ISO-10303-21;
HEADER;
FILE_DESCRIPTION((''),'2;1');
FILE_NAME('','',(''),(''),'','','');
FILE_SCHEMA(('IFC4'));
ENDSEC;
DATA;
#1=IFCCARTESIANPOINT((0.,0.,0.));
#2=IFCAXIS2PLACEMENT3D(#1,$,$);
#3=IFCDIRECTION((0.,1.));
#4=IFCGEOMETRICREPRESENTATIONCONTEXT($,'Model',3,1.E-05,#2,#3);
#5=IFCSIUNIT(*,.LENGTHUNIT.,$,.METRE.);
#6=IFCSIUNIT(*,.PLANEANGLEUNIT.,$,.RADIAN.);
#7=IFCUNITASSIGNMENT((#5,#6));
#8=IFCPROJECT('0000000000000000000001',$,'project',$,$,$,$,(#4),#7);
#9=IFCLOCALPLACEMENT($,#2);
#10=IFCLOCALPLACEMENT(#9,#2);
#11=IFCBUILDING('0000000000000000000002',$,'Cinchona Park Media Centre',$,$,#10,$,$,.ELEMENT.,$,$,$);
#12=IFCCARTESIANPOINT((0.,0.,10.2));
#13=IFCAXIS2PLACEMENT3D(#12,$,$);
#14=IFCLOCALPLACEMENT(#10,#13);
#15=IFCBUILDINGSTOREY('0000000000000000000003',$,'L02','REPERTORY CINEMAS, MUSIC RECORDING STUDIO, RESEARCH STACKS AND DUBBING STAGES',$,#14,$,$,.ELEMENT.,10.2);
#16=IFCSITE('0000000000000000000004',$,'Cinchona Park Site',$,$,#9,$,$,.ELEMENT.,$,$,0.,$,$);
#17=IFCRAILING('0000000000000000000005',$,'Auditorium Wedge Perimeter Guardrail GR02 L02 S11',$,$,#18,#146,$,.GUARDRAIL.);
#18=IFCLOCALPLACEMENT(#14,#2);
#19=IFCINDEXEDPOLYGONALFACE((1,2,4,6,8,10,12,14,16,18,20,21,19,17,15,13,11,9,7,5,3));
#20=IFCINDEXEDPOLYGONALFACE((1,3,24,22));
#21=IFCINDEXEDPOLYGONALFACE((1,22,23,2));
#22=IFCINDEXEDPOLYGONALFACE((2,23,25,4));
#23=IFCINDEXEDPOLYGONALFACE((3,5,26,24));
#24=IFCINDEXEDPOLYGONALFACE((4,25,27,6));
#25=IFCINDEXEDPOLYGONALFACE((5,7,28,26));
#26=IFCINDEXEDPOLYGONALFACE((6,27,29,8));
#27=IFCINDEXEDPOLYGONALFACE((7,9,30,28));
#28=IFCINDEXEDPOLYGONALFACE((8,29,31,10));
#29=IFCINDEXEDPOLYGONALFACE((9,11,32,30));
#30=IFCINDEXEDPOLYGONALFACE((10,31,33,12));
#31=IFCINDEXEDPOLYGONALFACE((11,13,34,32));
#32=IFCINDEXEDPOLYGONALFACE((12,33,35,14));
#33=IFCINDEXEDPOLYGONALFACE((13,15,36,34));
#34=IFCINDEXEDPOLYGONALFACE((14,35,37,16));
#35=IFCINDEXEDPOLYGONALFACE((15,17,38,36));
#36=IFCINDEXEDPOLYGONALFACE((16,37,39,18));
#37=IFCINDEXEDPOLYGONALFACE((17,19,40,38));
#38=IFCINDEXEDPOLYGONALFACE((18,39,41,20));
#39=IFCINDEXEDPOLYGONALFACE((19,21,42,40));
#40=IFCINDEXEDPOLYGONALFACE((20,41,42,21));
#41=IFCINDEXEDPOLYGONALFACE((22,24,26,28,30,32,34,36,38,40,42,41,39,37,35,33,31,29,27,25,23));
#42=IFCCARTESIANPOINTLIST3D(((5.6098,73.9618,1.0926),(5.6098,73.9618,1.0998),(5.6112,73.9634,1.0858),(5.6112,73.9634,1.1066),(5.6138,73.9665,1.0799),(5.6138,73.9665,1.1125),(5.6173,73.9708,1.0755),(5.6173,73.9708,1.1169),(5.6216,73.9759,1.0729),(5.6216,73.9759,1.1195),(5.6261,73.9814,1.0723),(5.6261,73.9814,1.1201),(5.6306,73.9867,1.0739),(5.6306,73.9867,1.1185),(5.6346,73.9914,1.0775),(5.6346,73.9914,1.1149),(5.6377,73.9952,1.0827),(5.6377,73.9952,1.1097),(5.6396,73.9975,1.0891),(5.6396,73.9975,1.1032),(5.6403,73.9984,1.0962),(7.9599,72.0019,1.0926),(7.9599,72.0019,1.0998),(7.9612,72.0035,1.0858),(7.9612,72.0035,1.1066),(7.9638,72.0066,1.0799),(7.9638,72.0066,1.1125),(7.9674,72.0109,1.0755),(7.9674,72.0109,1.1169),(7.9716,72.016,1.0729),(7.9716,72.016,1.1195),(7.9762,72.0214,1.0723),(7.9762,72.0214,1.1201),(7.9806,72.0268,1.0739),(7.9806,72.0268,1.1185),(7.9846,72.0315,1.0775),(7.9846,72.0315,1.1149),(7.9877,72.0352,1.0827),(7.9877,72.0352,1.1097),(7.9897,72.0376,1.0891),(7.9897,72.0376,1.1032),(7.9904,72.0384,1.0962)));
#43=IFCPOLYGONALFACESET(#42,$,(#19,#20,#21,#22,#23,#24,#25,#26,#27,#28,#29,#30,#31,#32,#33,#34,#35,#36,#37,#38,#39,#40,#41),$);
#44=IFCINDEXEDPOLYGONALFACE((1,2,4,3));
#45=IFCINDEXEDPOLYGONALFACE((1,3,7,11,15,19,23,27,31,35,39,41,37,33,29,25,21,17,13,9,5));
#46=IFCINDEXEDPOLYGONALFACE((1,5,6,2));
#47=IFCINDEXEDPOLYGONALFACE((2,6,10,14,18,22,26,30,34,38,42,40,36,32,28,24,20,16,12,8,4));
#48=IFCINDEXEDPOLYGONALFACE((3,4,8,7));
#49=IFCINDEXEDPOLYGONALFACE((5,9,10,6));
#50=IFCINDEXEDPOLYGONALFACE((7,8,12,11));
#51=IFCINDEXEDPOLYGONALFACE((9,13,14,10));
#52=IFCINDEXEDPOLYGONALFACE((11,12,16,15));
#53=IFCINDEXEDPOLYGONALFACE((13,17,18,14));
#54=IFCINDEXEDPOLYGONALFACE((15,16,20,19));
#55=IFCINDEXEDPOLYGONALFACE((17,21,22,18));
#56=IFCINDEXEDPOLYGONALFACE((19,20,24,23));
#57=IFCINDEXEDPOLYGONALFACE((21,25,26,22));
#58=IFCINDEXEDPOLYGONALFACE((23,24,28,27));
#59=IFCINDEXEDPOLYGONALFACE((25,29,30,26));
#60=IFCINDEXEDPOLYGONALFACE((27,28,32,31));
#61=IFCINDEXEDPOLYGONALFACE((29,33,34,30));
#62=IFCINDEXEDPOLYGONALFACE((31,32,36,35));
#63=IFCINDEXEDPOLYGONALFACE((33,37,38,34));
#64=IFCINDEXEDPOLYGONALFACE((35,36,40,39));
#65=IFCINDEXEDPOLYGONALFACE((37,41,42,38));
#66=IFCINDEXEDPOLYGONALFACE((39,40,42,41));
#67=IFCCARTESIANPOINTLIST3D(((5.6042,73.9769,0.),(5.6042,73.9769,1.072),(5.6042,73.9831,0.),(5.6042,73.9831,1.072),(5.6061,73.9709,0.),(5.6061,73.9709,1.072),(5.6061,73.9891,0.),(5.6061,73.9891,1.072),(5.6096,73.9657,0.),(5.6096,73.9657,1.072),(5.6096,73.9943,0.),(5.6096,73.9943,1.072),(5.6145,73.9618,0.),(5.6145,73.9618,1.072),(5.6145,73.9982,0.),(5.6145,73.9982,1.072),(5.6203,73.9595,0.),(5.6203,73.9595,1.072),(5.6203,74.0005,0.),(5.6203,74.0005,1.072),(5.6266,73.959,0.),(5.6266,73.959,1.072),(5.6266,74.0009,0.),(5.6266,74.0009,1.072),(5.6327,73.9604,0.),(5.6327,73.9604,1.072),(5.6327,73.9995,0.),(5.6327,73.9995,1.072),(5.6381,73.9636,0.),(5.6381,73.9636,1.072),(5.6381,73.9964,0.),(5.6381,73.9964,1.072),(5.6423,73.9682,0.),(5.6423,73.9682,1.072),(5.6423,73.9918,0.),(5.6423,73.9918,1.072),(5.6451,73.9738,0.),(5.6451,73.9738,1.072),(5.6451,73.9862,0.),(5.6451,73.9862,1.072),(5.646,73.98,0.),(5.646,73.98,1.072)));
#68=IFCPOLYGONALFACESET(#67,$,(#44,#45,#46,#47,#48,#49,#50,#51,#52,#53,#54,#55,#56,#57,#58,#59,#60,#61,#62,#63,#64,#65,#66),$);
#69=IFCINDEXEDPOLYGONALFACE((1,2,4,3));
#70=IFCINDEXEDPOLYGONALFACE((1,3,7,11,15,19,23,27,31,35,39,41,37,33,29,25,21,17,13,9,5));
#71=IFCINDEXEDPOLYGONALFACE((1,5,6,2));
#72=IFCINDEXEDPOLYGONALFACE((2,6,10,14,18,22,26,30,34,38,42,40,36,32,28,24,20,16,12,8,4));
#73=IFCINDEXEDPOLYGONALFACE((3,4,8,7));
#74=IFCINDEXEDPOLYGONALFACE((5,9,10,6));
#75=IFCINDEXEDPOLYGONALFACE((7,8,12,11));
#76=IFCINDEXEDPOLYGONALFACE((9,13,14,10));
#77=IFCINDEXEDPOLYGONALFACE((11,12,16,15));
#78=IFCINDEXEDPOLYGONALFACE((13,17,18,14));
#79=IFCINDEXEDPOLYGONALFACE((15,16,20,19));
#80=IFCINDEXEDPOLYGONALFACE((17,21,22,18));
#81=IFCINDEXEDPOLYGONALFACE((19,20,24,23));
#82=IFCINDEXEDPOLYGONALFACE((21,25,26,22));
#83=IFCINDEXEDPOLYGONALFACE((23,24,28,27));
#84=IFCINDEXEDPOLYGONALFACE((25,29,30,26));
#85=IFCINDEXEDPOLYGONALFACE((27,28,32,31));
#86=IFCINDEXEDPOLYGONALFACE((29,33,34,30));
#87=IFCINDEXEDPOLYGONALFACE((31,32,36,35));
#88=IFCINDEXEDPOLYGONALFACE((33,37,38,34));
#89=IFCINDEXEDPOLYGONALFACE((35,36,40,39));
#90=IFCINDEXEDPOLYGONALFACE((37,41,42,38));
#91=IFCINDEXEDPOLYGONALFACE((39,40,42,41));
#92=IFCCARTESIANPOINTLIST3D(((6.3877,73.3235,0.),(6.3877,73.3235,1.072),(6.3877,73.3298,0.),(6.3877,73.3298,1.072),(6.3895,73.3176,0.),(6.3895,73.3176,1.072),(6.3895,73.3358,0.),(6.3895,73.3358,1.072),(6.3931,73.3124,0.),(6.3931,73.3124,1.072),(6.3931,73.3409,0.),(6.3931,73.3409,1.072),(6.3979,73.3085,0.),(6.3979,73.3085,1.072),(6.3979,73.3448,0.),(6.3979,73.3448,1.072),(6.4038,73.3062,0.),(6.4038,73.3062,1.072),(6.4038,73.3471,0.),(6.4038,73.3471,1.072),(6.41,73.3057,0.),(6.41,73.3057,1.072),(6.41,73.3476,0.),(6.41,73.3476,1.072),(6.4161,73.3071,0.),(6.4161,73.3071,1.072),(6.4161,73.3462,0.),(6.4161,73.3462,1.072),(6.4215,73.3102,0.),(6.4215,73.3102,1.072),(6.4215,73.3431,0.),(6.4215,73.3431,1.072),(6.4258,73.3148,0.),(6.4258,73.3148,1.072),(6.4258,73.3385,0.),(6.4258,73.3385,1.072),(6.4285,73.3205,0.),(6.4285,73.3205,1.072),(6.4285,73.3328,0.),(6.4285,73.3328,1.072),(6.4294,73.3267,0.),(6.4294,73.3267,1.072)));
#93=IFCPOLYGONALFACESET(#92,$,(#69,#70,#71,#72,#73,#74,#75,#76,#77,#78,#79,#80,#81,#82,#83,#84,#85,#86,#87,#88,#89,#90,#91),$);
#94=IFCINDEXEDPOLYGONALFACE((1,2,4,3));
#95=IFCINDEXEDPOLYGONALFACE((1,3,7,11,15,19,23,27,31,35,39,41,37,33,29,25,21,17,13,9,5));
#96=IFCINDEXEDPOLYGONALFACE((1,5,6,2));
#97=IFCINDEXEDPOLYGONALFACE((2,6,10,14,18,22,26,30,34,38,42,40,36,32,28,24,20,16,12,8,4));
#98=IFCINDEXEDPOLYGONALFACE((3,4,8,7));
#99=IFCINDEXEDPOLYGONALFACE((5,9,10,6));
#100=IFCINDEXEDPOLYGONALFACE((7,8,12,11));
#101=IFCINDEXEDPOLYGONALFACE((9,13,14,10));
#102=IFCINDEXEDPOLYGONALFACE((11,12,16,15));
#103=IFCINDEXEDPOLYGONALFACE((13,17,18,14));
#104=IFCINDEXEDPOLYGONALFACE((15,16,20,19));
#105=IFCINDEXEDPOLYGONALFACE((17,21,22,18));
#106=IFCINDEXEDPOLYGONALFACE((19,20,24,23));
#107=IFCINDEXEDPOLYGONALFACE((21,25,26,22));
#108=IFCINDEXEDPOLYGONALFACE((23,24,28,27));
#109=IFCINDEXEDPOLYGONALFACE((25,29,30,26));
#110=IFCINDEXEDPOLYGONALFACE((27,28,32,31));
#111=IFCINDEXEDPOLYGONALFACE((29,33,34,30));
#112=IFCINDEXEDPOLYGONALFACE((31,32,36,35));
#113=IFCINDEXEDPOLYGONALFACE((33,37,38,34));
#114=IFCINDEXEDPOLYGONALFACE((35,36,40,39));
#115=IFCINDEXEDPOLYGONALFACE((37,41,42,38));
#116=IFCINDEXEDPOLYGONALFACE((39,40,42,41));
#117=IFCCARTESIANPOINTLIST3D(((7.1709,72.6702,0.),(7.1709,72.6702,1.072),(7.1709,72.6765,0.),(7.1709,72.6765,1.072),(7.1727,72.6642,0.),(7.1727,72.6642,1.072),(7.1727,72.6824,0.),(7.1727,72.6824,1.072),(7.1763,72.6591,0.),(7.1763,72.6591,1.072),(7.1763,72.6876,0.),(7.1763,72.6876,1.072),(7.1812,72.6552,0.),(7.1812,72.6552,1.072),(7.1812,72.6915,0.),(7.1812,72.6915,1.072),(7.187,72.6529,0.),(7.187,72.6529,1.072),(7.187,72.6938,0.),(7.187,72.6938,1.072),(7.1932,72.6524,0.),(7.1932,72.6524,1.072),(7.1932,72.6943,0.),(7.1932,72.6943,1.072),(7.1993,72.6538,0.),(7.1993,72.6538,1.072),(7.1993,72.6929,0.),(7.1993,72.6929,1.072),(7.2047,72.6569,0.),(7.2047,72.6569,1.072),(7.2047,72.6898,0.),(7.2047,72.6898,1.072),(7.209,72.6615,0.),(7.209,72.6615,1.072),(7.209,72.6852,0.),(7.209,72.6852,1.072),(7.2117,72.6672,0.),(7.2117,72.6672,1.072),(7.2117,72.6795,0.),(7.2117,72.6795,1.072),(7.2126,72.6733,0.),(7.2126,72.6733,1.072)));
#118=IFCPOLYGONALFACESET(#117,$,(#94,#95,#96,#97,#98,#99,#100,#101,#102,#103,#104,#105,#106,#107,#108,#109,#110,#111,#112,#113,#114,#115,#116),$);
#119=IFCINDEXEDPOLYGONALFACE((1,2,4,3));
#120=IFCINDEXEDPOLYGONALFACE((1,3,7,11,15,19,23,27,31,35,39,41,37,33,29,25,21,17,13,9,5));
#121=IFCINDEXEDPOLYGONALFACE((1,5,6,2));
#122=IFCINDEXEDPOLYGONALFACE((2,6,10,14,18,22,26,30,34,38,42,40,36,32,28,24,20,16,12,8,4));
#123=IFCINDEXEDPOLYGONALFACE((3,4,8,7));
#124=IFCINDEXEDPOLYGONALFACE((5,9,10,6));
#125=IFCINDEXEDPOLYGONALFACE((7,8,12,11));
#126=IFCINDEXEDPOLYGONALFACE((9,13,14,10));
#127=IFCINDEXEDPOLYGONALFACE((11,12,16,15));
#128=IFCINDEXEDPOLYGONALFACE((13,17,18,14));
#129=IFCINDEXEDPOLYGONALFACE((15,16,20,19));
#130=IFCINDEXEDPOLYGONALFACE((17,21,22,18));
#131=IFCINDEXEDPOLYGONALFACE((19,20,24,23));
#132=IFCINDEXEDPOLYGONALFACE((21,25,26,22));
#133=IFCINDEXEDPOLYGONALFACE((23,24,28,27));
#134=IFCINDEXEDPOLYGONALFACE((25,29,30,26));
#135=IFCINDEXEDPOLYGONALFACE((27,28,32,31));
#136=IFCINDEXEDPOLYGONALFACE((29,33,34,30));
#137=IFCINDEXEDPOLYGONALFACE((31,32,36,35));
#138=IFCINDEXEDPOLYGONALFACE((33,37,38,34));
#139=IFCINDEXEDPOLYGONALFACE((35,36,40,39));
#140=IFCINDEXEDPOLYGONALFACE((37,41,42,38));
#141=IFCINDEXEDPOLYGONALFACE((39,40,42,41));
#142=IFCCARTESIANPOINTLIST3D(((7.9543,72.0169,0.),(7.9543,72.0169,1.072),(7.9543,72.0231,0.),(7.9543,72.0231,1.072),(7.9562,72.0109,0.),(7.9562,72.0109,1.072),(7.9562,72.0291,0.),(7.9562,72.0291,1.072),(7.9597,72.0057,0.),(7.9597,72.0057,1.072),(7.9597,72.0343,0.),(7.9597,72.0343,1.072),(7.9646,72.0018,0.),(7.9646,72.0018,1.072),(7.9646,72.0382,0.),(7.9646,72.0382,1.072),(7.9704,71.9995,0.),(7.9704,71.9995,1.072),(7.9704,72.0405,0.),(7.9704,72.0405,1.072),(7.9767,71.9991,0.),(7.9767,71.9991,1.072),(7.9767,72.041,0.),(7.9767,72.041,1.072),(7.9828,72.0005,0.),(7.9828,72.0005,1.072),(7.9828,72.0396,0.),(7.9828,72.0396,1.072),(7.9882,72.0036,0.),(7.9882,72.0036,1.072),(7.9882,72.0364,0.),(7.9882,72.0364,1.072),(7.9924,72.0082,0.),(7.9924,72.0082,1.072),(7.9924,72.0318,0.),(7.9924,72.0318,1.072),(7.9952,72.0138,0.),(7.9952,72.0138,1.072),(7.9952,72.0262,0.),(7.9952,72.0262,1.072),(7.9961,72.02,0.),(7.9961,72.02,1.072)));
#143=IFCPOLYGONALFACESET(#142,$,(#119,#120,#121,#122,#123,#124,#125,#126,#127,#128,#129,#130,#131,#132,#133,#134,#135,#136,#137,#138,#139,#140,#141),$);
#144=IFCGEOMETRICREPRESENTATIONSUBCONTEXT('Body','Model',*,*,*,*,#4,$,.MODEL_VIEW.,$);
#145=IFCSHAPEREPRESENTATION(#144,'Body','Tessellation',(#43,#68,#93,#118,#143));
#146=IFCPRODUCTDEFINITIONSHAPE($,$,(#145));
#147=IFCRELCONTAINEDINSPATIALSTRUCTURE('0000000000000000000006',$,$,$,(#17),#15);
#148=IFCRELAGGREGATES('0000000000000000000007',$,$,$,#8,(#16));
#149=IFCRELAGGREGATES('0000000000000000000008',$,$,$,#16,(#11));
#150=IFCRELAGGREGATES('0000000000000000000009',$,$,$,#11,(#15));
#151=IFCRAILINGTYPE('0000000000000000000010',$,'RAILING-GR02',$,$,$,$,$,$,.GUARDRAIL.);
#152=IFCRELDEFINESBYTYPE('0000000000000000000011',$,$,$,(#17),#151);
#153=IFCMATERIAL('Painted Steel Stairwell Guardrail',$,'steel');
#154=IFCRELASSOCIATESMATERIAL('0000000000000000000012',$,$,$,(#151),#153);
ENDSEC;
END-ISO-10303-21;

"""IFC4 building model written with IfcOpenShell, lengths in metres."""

from ifc_helpers import new_model, si_unit, direction, frame, origin, origin_2d, place, context, subcontext, project, spatial, circle, extrude, material, type_object, element, save


model = new_model("IFC4")

# Units and contexts
model_context = context("Model", 3, precision=1e-05, world=origin(), true_north=direction((0.0, 1.0)))
body_context = subcontext(model_context, "Body", "Model", "MODEL_VIEW")
ifc_project = project(units=[si_unit("LENGTHUNIT", "METRE"), si_unit("PLANEANGLEUNIT", "RADIAN")], contexts=[model_context])

# Site, building, storey
site_placement = place(None, origin())
site = spatial("IfcSite", under=ifc_project, at=site_placement, Name="Cinchona Park Site", CompositionType="ELEMENT", RefElevation=0.0)
building_placement = place(site_placement, origin())
building = spatial("IfcBuilding", under=site, at=building_placement, Name="Cinchona Park Media Centre", CompositionType="ELEMENT")
storey_placement = place(building_placement, frame((0.0, 0.0, 10.2)))
storey = spatial("IfcBuildingStorey", under=building, at=storey_placement, Name="L02", Description="REPERTORY CINEMAS, MUSIC RECORDING STUDIO, RESEARCH STACKS AND DUBBING STAGES", CompositionType="ELEMENT", Elevation=10.2)

# Railing
ifc_material_1 = material(Name="Painted Steel Stairwell Guardrail", Category="steel")
railing_type_1 = type_object("IfcRailingType", Name="RAILING-GR02", PredefinedType="GUARDRAIL", material=ifc_material_1)
railing_1_placement = place(storey_placement, frame((5.625, 73.98, 0.0)))
element("IfcRailing", 1, at=railing_1_placement, inside=storey, type_object=railing_type_1, Name="Auditorium Wedge Perimeter Guardrail GR02 L02 S11", PredefinedType="GUARDRAIL", context=body_context, shape_type="SweptSolid", body=[
    extrude(circle(Radius=0.0239, at=origin_2d()), frame((0.0, 0.0, 1.0962), z_axis=(0.767973, -0.640483, 0.0), x_axis=(0.640483, 0.767973, 0.0)), (0.0, 0.0, 1.0), 3.0601),
    extrude(circle(Radius=0.021, at=origin_2d()), origin(), (0.0, 0.0, 1.0), 1.072),
    extrude(circle(Radius=0.021, at=origin_2d()), frame((0.7834, -0.6533, 0.0)), (0.0, 0.0, 1.0), 1.072),
    extrude(circle(Radius=0.021, at=origin_2d()), frame((1.5667, -1.3066, 0.0)), (0.0, 0.0, 1.0), 1.072),
    extrude(circle(Radius=0.021, at=origin_2d()), frame((2.3501, -1.96, 0.0)), (0.0, 0.0, 1.0), 1.072),
])

save(model, "model.ifc")
